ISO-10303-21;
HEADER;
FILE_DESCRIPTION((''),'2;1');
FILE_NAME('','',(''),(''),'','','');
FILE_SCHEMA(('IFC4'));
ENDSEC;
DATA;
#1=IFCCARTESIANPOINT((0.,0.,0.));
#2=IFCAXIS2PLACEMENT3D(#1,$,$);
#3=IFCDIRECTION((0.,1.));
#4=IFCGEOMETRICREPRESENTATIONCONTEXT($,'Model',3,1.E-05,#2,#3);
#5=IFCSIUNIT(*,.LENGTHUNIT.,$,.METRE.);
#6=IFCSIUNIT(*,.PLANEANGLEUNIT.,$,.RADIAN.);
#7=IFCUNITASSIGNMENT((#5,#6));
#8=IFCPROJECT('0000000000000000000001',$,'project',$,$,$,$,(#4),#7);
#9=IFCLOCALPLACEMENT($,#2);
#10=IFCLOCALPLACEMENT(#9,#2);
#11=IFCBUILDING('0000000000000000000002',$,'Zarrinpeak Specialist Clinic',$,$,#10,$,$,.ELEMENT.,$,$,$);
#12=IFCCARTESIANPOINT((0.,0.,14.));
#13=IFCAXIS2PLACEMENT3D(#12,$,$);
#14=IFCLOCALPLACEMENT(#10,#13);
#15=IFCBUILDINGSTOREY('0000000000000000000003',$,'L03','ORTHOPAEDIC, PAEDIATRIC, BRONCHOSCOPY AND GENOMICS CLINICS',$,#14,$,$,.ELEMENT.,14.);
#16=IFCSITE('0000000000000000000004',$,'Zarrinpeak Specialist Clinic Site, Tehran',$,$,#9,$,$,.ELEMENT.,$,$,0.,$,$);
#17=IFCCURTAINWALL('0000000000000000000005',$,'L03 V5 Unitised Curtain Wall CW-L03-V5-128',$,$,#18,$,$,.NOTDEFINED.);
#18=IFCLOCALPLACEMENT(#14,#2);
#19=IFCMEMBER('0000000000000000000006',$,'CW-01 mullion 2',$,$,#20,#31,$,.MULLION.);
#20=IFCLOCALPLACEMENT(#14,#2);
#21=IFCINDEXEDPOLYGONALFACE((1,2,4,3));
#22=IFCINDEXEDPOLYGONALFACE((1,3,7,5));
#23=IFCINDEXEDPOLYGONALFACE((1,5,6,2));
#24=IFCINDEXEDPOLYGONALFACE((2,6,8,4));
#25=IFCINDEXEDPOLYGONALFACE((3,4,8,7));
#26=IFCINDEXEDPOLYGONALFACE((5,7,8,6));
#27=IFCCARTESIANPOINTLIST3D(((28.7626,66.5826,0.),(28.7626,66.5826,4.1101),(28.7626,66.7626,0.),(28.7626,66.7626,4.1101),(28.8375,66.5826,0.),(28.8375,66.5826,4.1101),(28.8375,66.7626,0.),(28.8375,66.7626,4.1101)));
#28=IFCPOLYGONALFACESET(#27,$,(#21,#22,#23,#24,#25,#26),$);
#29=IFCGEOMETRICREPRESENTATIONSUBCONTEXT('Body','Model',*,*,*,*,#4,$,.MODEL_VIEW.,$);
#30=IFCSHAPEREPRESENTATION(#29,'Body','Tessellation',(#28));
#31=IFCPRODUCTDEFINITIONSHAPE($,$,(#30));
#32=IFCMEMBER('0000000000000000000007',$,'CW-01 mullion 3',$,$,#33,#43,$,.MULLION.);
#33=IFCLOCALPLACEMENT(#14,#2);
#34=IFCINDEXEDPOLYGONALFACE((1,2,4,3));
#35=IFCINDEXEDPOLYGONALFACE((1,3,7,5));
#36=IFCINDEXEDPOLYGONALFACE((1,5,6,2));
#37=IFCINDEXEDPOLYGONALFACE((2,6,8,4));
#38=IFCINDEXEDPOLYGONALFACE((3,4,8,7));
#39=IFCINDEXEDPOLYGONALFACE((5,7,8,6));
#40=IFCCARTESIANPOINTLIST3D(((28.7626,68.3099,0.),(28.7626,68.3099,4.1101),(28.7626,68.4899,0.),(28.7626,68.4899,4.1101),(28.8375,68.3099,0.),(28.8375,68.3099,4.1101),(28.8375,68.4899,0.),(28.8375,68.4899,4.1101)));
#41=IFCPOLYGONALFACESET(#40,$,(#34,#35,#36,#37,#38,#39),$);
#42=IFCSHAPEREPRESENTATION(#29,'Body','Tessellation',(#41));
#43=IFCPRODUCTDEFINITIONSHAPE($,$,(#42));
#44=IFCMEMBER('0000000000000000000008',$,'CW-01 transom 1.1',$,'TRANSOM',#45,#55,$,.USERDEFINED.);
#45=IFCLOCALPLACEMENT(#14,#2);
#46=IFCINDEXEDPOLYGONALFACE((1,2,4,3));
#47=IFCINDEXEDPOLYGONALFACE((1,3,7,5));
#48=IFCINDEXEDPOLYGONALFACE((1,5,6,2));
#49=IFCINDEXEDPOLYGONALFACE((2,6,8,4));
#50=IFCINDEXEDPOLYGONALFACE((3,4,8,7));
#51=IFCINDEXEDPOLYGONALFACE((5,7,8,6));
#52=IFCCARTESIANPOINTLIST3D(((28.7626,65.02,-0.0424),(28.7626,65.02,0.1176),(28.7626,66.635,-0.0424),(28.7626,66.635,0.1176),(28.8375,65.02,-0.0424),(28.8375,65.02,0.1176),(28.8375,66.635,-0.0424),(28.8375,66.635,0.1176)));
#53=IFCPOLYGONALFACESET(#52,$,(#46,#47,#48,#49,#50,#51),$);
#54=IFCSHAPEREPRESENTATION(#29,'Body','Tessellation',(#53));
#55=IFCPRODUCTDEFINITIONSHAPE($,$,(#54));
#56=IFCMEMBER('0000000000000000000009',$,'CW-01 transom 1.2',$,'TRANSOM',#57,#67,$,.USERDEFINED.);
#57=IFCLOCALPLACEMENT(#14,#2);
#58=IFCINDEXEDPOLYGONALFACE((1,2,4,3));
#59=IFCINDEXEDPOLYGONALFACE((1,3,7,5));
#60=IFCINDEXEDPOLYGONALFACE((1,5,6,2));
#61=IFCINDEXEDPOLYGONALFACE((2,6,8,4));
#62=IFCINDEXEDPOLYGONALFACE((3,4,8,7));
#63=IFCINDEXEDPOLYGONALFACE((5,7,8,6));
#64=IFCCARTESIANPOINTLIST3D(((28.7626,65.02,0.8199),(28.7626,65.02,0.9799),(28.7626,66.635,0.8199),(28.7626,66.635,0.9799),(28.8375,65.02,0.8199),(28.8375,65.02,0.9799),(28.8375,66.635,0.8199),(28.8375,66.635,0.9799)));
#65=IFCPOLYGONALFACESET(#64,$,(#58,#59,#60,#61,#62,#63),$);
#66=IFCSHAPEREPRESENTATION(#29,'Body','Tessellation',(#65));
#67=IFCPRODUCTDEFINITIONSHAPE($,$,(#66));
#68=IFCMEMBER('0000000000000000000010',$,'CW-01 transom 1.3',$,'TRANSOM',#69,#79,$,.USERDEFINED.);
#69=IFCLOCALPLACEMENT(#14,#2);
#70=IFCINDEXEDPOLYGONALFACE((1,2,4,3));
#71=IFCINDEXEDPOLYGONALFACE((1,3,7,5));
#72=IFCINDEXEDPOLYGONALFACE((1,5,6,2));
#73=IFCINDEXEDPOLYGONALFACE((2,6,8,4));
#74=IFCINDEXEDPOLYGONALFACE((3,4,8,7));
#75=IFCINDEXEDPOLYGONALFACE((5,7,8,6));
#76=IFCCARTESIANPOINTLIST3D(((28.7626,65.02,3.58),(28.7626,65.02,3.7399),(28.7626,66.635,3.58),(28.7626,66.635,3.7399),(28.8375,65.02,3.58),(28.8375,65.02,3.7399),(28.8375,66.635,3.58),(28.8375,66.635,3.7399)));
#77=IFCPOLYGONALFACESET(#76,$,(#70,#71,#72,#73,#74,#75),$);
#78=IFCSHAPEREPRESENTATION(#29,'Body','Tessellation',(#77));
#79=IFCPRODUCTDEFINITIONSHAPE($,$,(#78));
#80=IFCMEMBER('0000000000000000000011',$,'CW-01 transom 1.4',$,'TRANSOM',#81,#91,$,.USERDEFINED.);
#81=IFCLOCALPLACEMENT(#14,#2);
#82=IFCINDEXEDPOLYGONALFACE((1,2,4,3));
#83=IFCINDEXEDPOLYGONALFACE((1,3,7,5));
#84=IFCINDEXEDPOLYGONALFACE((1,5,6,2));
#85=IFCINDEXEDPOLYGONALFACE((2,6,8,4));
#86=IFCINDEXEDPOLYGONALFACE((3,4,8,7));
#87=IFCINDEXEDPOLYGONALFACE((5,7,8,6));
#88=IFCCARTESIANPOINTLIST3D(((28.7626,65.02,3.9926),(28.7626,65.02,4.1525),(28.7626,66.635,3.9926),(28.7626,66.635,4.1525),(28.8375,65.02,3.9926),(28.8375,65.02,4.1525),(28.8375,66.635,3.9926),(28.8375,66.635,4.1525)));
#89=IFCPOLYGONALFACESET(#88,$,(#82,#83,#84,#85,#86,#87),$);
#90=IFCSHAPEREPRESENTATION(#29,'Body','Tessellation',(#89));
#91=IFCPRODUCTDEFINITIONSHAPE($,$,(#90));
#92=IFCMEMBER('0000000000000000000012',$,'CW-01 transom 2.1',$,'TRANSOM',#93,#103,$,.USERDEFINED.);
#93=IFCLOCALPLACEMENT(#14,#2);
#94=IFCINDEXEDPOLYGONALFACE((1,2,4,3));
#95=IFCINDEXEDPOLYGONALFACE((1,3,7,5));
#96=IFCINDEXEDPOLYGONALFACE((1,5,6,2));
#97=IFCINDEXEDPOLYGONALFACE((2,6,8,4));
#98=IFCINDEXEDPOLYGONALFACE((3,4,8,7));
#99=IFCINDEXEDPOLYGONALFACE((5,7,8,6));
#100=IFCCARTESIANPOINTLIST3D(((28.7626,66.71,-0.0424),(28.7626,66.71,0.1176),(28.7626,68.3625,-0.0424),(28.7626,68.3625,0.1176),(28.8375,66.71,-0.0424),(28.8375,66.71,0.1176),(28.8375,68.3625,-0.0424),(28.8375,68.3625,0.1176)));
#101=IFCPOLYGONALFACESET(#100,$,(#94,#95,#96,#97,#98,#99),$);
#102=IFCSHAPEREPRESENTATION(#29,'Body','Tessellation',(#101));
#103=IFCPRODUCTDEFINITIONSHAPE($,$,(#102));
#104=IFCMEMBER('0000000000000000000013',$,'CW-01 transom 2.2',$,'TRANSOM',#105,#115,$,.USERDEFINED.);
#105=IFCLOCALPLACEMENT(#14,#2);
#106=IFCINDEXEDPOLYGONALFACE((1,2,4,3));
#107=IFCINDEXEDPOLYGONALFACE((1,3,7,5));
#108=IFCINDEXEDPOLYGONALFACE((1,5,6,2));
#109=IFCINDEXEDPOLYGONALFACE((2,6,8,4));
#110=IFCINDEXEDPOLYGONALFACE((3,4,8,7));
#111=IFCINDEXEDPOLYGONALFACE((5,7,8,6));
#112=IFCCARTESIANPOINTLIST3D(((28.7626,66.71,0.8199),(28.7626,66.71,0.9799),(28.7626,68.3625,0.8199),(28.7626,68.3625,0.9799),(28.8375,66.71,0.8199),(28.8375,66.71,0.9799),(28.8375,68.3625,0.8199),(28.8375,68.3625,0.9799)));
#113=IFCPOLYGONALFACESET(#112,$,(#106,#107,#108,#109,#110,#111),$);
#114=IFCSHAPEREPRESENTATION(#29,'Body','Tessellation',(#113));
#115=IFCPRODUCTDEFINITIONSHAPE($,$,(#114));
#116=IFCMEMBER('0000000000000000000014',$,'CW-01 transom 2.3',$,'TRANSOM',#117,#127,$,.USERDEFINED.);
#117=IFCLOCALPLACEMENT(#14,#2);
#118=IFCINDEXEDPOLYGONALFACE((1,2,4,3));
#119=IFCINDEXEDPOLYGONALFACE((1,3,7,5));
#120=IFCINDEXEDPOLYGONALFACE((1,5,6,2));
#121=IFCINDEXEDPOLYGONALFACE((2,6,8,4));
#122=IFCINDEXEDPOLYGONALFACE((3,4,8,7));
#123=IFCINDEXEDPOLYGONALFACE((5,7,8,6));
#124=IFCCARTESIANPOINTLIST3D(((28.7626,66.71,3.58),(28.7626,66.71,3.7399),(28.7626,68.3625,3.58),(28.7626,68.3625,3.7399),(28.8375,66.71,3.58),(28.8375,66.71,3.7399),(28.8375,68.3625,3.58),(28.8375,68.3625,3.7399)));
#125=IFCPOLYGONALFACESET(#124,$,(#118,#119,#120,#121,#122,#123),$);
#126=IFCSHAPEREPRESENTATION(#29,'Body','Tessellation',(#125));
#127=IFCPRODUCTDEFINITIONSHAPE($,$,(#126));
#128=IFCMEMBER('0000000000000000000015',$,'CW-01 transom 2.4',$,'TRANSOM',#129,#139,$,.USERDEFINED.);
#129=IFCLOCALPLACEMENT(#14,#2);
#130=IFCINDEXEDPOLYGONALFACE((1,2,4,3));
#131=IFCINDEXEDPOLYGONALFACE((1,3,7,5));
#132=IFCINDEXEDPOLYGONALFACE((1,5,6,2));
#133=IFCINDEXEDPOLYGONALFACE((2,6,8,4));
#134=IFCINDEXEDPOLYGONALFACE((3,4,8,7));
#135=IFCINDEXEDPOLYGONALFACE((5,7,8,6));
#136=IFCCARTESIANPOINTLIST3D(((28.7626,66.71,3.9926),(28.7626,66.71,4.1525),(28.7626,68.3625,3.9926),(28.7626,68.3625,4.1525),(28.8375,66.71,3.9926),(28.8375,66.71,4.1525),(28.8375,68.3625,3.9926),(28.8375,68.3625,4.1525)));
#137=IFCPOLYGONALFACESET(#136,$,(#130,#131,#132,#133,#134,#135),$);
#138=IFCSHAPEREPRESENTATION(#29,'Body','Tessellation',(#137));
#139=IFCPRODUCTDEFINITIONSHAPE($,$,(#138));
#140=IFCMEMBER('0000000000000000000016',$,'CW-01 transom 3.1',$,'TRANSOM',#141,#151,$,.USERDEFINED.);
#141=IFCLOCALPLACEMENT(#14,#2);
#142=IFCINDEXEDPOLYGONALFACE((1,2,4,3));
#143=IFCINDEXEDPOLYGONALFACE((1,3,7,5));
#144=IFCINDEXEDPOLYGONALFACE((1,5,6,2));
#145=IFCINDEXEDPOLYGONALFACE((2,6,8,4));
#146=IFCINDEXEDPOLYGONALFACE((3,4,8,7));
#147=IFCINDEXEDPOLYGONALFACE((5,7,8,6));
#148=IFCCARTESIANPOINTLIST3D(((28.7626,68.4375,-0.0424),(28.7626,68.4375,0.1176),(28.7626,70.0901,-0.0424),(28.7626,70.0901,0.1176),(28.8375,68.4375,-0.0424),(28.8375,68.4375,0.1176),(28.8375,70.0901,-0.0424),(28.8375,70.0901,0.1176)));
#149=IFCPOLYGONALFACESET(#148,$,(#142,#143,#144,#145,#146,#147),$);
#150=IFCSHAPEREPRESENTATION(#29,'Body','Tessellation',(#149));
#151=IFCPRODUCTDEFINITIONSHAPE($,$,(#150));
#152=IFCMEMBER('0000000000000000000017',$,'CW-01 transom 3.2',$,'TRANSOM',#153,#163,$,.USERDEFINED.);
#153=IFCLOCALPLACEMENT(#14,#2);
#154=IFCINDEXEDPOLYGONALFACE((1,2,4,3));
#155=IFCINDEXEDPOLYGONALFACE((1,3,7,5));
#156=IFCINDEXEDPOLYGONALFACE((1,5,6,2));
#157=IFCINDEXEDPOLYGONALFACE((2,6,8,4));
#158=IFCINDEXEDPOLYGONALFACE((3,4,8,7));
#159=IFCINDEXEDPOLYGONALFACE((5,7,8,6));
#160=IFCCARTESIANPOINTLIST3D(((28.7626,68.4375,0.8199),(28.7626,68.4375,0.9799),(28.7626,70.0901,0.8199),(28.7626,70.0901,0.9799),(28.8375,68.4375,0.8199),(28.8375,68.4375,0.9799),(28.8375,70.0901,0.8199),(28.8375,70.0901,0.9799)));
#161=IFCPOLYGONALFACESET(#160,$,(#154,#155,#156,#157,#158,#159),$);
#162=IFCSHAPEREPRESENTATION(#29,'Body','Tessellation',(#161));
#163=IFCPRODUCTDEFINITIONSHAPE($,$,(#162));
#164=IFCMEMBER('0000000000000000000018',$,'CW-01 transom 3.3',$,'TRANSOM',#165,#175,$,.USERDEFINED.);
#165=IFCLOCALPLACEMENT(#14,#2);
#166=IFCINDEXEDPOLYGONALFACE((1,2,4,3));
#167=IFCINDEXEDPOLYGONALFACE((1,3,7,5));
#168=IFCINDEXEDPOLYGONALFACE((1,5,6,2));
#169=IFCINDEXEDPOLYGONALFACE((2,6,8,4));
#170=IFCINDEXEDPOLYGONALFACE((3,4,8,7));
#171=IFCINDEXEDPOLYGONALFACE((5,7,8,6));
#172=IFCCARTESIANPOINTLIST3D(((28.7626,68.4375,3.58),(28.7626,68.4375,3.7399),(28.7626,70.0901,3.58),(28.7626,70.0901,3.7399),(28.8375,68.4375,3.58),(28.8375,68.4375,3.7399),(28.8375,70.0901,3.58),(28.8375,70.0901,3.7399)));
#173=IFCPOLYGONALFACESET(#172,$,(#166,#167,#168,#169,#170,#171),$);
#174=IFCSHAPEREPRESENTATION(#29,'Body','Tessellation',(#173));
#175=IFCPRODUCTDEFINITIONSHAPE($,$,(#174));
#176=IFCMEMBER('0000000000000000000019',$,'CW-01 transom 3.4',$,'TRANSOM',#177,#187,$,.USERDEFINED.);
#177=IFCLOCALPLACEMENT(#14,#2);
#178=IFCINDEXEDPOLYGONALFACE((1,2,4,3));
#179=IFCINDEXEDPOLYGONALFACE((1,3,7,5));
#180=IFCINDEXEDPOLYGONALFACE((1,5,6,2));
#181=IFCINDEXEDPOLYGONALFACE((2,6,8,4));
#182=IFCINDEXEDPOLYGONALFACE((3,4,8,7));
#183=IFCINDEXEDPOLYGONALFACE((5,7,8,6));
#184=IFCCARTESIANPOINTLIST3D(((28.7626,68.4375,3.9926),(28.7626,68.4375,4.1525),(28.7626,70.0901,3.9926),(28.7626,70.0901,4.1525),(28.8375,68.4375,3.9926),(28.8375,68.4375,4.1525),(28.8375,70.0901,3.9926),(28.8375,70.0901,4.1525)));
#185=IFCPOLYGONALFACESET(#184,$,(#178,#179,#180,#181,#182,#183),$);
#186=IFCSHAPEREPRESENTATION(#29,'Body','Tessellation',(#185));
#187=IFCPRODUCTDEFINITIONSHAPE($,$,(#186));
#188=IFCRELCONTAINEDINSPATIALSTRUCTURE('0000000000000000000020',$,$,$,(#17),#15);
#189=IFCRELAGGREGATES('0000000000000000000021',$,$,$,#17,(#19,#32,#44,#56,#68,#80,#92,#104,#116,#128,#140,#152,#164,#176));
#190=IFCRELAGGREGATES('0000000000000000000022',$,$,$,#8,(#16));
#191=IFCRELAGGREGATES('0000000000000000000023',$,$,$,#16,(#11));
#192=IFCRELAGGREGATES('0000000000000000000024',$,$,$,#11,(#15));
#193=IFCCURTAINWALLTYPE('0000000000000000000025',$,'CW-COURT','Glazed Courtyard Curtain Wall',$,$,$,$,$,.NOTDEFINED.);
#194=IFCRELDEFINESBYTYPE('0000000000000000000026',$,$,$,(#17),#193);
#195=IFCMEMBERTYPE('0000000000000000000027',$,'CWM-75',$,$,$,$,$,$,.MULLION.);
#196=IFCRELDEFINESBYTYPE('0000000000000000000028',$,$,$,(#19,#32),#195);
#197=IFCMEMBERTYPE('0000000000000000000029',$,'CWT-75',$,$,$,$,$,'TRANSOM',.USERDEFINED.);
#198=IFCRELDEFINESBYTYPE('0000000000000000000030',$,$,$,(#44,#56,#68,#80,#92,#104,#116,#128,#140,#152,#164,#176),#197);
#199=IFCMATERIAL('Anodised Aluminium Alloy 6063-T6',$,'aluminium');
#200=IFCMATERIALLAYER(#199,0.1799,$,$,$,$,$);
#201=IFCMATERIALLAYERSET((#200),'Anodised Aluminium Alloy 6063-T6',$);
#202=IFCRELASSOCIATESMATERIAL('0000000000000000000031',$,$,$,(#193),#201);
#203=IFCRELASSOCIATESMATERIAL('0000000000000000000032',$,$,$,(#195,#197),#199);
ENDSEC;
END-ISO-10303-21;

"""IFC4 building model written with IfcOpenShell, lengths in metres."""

from ifc_helpers import new_model, si_unit, direction, frame, origin, origin_2d, place, context, subcontext, project, spatial, rectangle, extrude, material, layer, layer_set, material_profile, profile_set, type_object, element, aggregate, save


model = new_model("IFC4")

# Units and contexts
model_context = context("Model", 3, precision=1e-05, world=origin(), true_north=direction((0.0, 1.0)))
body_context = subcontext(model_context, "Body", "Model", "MODEL_VIEW")
ifc_project = project(units=[si_unit("LENGTHUNIT", "METRE"), si_unit("PLANEANGLEUNIT", "RADIAN")], contexts=[model_context])

# Site, building, storey
site_placement = place(None, origin())
site = spatial("IfcSite", under=ifc_project, at=site_placement, Name="Zarrinpeak Specialist Clinic Site, Tehran", CompositionType="ELEMENT", RefElevation=0.0)
building_placement = place(site_placement, origin())
building = spatial("IfcBuilding", under=site, at=building_placement, Name="Zarrinpeak Specialist Clinic", CompositionType="ELEMENT")
storey_placement = place(building_placement, frame((0.0, 0.0, 14.0)))
storey = spatial("IfcBuildingStorey", under=building, at=storey_placement, Name="L03", Description="ORTHOPAEDIC, PAEDIATRIC, BRONCHOSCOPY AND GENOMICS CLINICS", CompositionType="ELEMENT", Elevation=14.0)

# Curtain wall, members
ifc_material_1 = material(Name="Anodised Aluminium Alloy 6063-T6", Category="aluminium")
ifc_layer_1 = layer(ifc_material_1, 0.1799)
ifc_layer_set_1 = layer_set([ifc_layer_1], Name="Anodised Aluminium Alloy 6063-T6")
curtain_wall_type = type_object("IfcCurtainWallType", Name="CW-COURT", Description="Glazed Courtyard Curtain Wall", PredefinedType="NOTDEFINED", material=ifc_layer_set_1)
curtain_wall_placement = place(storey_placement, origin())
curtain_wall = element("IfcCurtainWall", 1, at=curtain_wall_placement, inside=storey, type_object=curtain_wall_type, Name="L03 V5 Unitised Curtain Wall CW-L03-V5-128", PredefinedType="NOTDEFINED")
ifc_material_profile_1 = material_profile(ifc_material_1, rectangle(XDim=0.075, YDim=0.1799, at=origin_2d()), Name="ALU 75x180")
ifc_profile_set_1 = profile_set([ifc_material_profile_1], Name="Anodised Aluminium Alloy 6063-T6")
member_type_1 = type_object("IfcMemberType", Name="CWM-75", PredefinedType="MULLION", material=ifc_profile_set_1)
member_1_placement = place(storey_placement, frame((28.8, 66.6726, 0.0), z_axis=(0.0, 0.0, 1.0), x_axis=(-1.0, 0.0, 0.0)))
member_1 = element("IfcMember", 2, at=member_1_placement, type_object=member_type_1, Name="CW-01 mullion 2", PredefinedType="MULLION", context=body_context, shape_type="SweptSolid", body=[
    extrude(rectangle(XDim=0.075, YDim=0.1799, at=origin_2d()), origin(), (0.0, 0.0, 1.0), 4.1101),
])
member_2_placement = place(storey_placement, frame((28.8, 68.3999, 0.0), z_axis=(0.0, 0.0, 1.0), x_axis=(-1.0, 0.0, 0.0)))
member_2 = element("IfcMember", 3, at=member_2_placement, type_object=member_type_1, Name="CW-01 mullion 3", PredefinedType="MULLION", context=body_context, shape_type="SweptSolid", body=[
    extrude(rectangle(XDim=0.075, YDim=0.1799, at=origin_2d()), origin(), (0.0, 0.0, 1.0), 4.1101),
])
ifc_material_profile_2 = material_profile(ifc_material_1, rectangle(XDim=0.075, YDim=0.1599, at=origin_2d()), Name="ALU 75x160")
ifc_profile_set_2 = profile_set([ifc_material_profile_2], Name="Anodised Aluminium Alloy 6063-T6")
member_type_2 = type_object("IfcMemberType", Name="CWT-75", ElementType="TRANSOM", PredefinedType="USERDEFINED", material=ifc_profile_set_2)
member_3_placement = place(storey_placement, frame((28.8, 65.02, 0.0376), z_axis=(0.0, 1.0, 0.0), x_axis=(-1.0, 0.0, 0.0)))
member_3 = element("IfcMember", 4, at=member_3_placement, type_object=member_type_2, Name="CW-01 transom 1.1", ObjectType="TRANSOM", PredefinedType="USERDEFINED", context=body_context, shape_type="SweptSolid", body=[
    extrude(rectangle(XDim=0.075, YDim=0.1599, at=origin_2d()), origin(), (0.0, 0.0, 1.0), 1.615),
])
member_4_placement = place(storey_placement, frame((28.8, 65.02, 0.8999), z_axis=(0.0, 1.0, 0.0), x_axis=(-1.0, 0.0, 0.0)))
member_4 = element("IfcMember", 5, at=member_4_placement, type_object=member_type_2, Name="CW-01 transom 1.2", ObjectType="TRANSOM", PredefinedType="USERDEFINED", context=body_context, shape_type="SweptSolid", body=[
    extrude(rectangle(XDim=0.075, YDim=0.1599, at=origin_2d()), origin(), (0.0, 0.0, 1.0), 1.615),
])
member_5_placement = place(storey_placement, frame((28.8, 65.02, 3.6599), z_axis=(0.0, 1.0, 0.0), x_axis=(-1.0, 0.0, 0.0)))
member_5 = element("IfcMember", 6, at=member_5_placement, type_object=member_type_2, Name="CW-01 transom 1.3", ObjectType="TRANSOM", PredefinedType="USERDEFINED", context=body_context, shape_type="SweptSolid", body=[
    extrude(rectangle(XDim=0.075, YDim=0.1599, at=origin_2d()), origin(), (0.0, 0.0, 1.0), 1.615),
])
member_6_placement = place(storey_placement, frame((28.8, 65.02, 4.0725), z_axis=(0.0, 1.0, 0.0), x_axis=(-1.0, 0.0, 0.0)))
member_6 = element("IfcMember", 7, at=member_6_placement, type_object=member_type_2, Name="CW-01 transom 1.4", ObjectType="TRANSOM", PredefinedType="USERDEFINED", context=body_context, shape_type="SweptSolid", body=[
    extrude(rectangle(XDim=0.075, YDim=0.1599, at=origin_2d()), origin(), (0.0, 0.0, 1.0), 1.615),
])
member_7_placement = place(storey_placement, frame((28.8, 66.71, 0.0376), z_axis=(0.0, 1.0, 0.0), x_axis=(-1.0, 0.0, 0.0)))
member_7 = element("IfcMember", 8, at=member_7_placement, type_object=member_type_2, Name="CW-01 transom 2.1", ObjectType="TRANSOM", PredefinedType="USERDEFINED", context=body_context, shape_type="SweptSolid", body=[
    extrude(rectangle(XDim=0.075, YDim=0.1599, at=origin_2d()), origin(), (0.0, 0.0, 1.0), 1.6526),
])
member_8_placement = place(storey_placement, frame((28.8, 66.71, 0.8999), z_axis=(0.0, 1.0, 0.0), x_axis=(-1.0, 0.0, 0.0)))
member_8 = element("IfcMember", 9, at=member_8_placement, type_object=member_type_2, Name="CW-01 transom 2.2", ObjectType="TRANSOM", PredefinedType="USERDEFINED", context=body_context, shape_type="SweptSolid", body=[
    extrude(rectangle(XDim=0.075, YDim=0.1599, at=origin_2d()), origin(), (0.0, 0.0, 1.0), 1.6526),
])
member_9_placement = place(storey_placement, frame((28.8, 66.71, 3.6599), z_axis=(0.0, 1.0, 0.0), x_axis=(-1.0, 0.0, 0.0)))
member_9 = element("IfcMember", 10, at=member_9_placement, type_object=member_type_2, Name="CW-01 transom 2.3", ObjectType="TRANSOM", PredefinedType="USERDEFINED", context=body_context, shape_type="SweptSolid", body=[
    extrude(rectangle(XDim=0.075, YDim=0.1599, at=origin_2d()), origin(), (0.0, 0.0, 1.0), 1.6526),
])
member_10_placement = place(storey_placement, frame((28.8, 66.71, 4.0725), z_axis=(0.0, 1.0, 0.0), x_axis=(-1.0, 0.0, 0.0)))
member_10 = element("IfcMember", 11, at=member_10_placement, type_object=member_type_2, Name="CW-01 transom 2.4", ObjectType="TRANSOM", PredefinedType="USERDEFINED", context=body_context, shape_type="SweptSolid", body=[
    extrude(rectangle(XDim=0.075, YDim=0.1599, at=origin_2d()), origin(), (0.0, 0.0, 1.0), 1.6526),
])
member_11_placement = place(storey_placement, frame((28.8, 68.4375, 0.0376), z_axis=(0.0, 1.0, 0.0), x_axis=(-1.0, 0.0, 0.0)))
member_11 = element("IfcMember", 12, at=member_11_placement, type_object=member_type_2, Name="CW-01 transom 3.1", ObjectType="TRANSOM", PredefinedType="USERDEFINED", context=body_context, shape_type="SweptSolid", body=[
    extrude(rectangle(XDim=0.075, YDim=0.1599, at=origin_2d()), origin(), (0.0, 0.0, 1.0), 1.6526),
])
member_12_placement = place(storey_placement, frame((28.8, 68.4375, 0.8999), z_axis=(0.0, 1.0, 0.0), x_axis=(-1.0, 0.0, 0.0)))
member_12 = element("IfcMember", 13, at=member_12_placement, type_object=member_type_2, Name="CW-01 transom 3.2", ObjectType="TRANSOM", PredefinedType="USERDEFINED", context=body_context, shape_type="SweptSolid", body=[
    extrude(rectangle(XDim=0.075, YDim=0.1599, at=origin_2d()), origin(), (0.0, 0.0, 1.0), 1.6526),
])
member_13_placement = place(storey_placement, frame((28.8, 68.4375, 3.6599), z_axis=(0.0, 1.0, 0.0), x_axis=(-1.0, 0.0, 0.0)))
member_13 = element("IfcMember", 14, at=member_13_placement, type_object=member_type_2, Name="CW-01 transom 3.3", ObjectType="TRANSOM", PredefinedType="USERDEFINED", context=body_context, shape_type="SweptSolid", body=[
    extrude(rectangle(XDim=0.075, YDim=0.1599, at=origin_2d()), origin(), (0.0, 0.0, 1.0), 1.6526),
])
member_14_placement = place(storey_placement, frame((28.8, 68.4375, 4.0725), z_axis=(0.0, 1.0, 0.0), x_axis=(-1.0, 0.0, 0.0)))
member_14 = element("IfcMember", 15, at=member_14_placement, type_object=member_type_2, Name="CW-01 transom 3.4", ObjectType="TRANSOM", PredefinedType="USERDEFINED", context=body_context, shape_type="SweptSolid", body=[
    extrude(rectangle(XDim=0.075, YDim=0.1599, at=origin_2d()), origin(), (0.0, 0.0, 1.0), 1.6526),
])
aggregate(curtain_wall, [member_1, member_2, member_3, member_4, member_5, member_6, member_7, member_8, member_9, member_10, member_11, member_12, member_13, member_14])

save(model, "model.ifc")
